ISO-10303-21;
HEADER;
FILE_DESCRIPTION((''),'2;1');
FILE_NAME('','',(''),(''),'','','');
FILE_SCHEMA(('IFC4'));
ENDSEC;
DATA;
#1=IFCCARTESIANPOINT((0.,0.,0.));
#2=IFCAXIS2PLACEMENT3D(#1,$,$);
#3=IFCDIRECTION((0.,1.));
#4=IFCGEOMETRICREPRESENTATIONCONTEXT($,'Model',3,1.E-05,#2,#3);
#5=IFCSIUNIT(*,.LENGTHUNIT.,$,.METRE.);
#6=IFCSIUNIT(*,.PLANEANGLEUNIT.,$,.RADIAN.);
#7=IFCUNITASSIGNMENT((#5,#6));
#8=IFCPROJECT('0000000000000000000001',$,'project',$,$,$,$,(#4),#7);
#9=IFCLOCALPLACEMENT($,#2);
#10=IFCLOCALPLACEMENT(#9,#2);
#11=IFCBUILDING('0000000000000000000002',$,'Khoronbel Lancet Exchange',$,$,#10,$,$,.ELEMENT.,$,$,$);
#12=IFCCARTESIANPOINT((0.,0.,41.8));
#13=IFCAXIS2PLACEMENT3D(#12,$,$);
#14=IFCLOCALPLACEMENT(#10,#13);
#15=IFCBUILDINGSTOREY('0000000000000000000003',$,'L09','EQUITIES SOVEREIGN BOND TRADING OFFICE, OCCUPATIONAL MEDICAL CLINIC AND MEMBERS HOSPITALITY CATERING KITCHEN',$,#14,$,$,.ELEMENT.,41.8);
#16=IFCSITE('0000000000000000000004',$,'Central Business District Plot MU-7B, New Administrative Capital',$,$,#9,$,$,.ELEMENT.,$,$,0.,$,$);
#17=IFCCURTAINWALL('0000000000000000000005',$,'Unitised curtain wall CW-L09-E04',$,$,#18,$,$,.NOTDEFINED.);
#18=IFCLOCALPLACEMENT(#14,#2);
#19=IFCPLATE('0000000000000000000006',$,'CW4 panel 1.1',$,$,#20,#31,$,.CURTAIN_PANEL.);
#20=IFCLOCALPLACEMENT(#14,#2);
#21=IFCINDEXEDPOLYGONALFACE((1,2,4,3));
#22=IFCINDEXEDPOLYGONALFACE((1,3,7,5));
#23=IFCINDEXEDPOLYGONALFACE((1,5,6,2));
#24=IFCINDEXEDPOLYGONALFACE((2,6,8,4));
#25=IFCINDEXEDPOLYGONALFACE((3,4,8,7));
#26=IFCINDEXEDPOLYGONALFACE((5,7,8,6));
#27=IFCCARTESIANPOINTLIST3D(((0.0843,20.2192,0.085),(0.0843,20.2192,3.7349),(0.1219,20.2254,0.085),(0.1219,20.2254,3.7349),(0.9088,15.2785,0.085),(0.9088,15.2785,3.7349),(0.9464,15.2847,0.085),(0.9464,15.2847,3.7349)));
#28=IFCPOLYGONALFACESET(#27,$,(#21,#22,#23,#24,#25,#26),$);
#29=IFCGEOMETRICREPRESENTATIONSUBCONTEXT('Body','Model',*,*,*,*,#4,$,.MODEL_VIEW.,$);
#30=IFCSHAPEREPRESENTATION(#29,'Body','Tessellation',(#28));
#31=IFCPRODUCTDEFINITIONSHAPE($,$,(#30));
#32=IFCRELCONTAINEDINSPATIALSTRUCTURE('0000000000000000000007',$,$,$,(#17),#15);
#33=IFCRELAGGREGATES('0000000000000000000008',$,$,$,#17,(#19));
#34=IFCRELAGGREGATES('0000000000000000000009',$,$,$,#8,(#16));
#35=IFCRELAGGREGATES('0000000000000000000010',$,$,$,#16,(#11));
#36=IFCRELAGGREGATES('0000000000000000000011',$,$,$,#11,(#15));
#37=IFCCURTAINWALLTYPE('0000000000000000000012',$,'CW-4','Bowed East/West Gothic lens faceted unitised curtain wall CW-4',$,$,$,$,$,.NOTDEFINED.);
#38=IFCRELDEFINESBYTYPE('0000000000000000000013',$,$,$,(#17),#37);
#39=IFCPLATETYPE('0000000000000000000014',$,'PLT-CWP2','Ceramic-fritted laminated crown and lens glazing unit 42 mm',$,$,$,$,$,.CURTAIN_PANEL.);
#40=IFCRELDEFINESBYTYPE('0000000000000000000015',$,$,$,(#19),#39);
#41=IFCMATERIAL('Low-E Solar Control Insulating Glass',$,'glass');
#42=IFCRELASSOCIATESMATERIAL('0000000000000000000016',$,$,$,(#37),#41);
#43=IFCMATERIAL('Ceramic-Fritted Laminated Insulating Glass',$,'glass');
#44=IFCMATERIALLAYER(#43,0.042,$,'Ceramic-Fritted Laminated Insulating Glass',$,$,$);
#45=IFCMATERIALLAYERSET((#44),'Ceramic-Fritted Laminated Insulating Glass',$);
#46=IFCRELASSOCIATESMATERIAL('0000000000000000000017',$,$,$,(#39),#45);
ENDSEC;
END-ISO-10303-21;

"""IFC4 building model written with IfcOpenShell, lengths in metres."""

from ifc_helpers import new_model, si_unit, direction, frame, origin, origin_2d, place, context, subcontext, project, spatial, rectangle, extrude, material, layer, layer_set, type_object, element, aggregate, save


model = new_model("IFC4")

# Units and contexts
model_context = context("Model", 3, precision=1e-05, world=origin(), true_north=direction((0.0, 1.0)))
body_context = subcontext(model_context, "Body", "Model", "MODEL_VIEW")
ifc_project = project(units=[si_unit("LENGTHUNIT", "METRE"), si_unit("PLANEANGLEUNIT", "RADIAN")], contexts=[model_context])

# Site, building, storey
site_placement = place(None, origin())
site = spatial("IfcSite", under=ifc_project, at=site_placement, Name="Central Business District Plot MU-7B, New Administrative Capital", CompositionType="ELEMENT", RefElevation=0.0)
building_placement = place(site_placement, origin())
building = spatial("IfcBuilding", under=site, at=building_placement, Name="Khoronbel Lancet Exchange", CompositionType="ELEMENT")
storey_placement = place(building_placement, frame((0.0, 0.0, 41.8)))
storey = spatial("IfcBuildingStorey", under=building, at=storey_placement, Name="L09", Description="EQUITIES SOVEREIGN BOND TRADING OFFICE, OCCUPATIONAL MEDICAL CLINIC AND MEMBERS HOSPITALITY CATERING KITCHEN", CompositionType="ELEMENT", Elevation=41.8)

# Curtain wall
ifc_material_1 = material(Name="Low-E Solar Control Insulating Glass", Category="glass")
curtain_wall_type = type_object("IfcCurtainWallType", Name="CW-4", Description="Bowed East/West Gothic lens faceted unitised curtain wall CW-4", PredefinedType="NOTDEFINED", material=ifc_material_1)
curtain_wall_1_placement = place(storey_placement, origin())
curtain_wall_1 = element("IfcCurtainWall", 1, at=curtain_wall_1_placement, inside=storey, type_object=curtain_wall_type, Name="Unitised curtain wall CW-L09-E04", PredefinedType="NOTDEFINED")

# Plate
ifc_material_2 = material(Name="Ceramic-Fritted Laminated Insulating Glass", Category="glass")
ifc_layer_1 = layer(ifc_material_2, 0.042, Name="Ceramic-Fritted Laminated Insulating Glass")
ifc_layer_set_1 = layer_set([ifc_layer_1], Name="Ceramic-Fritted Laminated Insulating Glass")
plate_type_1 = type_object("IfcPlateType", Name="PLT-CWP2", Description="Ceramic-fritted laminated crown and lens glazing unit 42 mm", PredefinedType="CURTAIN_PANEL", material=ifc_layer_set_1)
plate_1_placement = place(storey_placement, frame((0.5154, 17.752, 0.085), z_axis=(0.0, 0.0, 1.0), x_axis=(-0.164603, 0.98636, 0.0)))
plate_1 = element("IfcPlate", 2, at=plate_1_placement, type_object=plate_type_1, Name="CW4 panel 1.1", PredefinedType="CURTAIN_PANEL", context=body_context, shape_type="SweptSolid", body=[
    extrude(rectangle(XDim=5.009, YDim=0.0381, at=origin_2d()), origin(), (0.0, 0.0, 1.0), 3.6499),
])
aggregate(curtain_wall_1, [plate_1])

save(model, "model.ifc")
